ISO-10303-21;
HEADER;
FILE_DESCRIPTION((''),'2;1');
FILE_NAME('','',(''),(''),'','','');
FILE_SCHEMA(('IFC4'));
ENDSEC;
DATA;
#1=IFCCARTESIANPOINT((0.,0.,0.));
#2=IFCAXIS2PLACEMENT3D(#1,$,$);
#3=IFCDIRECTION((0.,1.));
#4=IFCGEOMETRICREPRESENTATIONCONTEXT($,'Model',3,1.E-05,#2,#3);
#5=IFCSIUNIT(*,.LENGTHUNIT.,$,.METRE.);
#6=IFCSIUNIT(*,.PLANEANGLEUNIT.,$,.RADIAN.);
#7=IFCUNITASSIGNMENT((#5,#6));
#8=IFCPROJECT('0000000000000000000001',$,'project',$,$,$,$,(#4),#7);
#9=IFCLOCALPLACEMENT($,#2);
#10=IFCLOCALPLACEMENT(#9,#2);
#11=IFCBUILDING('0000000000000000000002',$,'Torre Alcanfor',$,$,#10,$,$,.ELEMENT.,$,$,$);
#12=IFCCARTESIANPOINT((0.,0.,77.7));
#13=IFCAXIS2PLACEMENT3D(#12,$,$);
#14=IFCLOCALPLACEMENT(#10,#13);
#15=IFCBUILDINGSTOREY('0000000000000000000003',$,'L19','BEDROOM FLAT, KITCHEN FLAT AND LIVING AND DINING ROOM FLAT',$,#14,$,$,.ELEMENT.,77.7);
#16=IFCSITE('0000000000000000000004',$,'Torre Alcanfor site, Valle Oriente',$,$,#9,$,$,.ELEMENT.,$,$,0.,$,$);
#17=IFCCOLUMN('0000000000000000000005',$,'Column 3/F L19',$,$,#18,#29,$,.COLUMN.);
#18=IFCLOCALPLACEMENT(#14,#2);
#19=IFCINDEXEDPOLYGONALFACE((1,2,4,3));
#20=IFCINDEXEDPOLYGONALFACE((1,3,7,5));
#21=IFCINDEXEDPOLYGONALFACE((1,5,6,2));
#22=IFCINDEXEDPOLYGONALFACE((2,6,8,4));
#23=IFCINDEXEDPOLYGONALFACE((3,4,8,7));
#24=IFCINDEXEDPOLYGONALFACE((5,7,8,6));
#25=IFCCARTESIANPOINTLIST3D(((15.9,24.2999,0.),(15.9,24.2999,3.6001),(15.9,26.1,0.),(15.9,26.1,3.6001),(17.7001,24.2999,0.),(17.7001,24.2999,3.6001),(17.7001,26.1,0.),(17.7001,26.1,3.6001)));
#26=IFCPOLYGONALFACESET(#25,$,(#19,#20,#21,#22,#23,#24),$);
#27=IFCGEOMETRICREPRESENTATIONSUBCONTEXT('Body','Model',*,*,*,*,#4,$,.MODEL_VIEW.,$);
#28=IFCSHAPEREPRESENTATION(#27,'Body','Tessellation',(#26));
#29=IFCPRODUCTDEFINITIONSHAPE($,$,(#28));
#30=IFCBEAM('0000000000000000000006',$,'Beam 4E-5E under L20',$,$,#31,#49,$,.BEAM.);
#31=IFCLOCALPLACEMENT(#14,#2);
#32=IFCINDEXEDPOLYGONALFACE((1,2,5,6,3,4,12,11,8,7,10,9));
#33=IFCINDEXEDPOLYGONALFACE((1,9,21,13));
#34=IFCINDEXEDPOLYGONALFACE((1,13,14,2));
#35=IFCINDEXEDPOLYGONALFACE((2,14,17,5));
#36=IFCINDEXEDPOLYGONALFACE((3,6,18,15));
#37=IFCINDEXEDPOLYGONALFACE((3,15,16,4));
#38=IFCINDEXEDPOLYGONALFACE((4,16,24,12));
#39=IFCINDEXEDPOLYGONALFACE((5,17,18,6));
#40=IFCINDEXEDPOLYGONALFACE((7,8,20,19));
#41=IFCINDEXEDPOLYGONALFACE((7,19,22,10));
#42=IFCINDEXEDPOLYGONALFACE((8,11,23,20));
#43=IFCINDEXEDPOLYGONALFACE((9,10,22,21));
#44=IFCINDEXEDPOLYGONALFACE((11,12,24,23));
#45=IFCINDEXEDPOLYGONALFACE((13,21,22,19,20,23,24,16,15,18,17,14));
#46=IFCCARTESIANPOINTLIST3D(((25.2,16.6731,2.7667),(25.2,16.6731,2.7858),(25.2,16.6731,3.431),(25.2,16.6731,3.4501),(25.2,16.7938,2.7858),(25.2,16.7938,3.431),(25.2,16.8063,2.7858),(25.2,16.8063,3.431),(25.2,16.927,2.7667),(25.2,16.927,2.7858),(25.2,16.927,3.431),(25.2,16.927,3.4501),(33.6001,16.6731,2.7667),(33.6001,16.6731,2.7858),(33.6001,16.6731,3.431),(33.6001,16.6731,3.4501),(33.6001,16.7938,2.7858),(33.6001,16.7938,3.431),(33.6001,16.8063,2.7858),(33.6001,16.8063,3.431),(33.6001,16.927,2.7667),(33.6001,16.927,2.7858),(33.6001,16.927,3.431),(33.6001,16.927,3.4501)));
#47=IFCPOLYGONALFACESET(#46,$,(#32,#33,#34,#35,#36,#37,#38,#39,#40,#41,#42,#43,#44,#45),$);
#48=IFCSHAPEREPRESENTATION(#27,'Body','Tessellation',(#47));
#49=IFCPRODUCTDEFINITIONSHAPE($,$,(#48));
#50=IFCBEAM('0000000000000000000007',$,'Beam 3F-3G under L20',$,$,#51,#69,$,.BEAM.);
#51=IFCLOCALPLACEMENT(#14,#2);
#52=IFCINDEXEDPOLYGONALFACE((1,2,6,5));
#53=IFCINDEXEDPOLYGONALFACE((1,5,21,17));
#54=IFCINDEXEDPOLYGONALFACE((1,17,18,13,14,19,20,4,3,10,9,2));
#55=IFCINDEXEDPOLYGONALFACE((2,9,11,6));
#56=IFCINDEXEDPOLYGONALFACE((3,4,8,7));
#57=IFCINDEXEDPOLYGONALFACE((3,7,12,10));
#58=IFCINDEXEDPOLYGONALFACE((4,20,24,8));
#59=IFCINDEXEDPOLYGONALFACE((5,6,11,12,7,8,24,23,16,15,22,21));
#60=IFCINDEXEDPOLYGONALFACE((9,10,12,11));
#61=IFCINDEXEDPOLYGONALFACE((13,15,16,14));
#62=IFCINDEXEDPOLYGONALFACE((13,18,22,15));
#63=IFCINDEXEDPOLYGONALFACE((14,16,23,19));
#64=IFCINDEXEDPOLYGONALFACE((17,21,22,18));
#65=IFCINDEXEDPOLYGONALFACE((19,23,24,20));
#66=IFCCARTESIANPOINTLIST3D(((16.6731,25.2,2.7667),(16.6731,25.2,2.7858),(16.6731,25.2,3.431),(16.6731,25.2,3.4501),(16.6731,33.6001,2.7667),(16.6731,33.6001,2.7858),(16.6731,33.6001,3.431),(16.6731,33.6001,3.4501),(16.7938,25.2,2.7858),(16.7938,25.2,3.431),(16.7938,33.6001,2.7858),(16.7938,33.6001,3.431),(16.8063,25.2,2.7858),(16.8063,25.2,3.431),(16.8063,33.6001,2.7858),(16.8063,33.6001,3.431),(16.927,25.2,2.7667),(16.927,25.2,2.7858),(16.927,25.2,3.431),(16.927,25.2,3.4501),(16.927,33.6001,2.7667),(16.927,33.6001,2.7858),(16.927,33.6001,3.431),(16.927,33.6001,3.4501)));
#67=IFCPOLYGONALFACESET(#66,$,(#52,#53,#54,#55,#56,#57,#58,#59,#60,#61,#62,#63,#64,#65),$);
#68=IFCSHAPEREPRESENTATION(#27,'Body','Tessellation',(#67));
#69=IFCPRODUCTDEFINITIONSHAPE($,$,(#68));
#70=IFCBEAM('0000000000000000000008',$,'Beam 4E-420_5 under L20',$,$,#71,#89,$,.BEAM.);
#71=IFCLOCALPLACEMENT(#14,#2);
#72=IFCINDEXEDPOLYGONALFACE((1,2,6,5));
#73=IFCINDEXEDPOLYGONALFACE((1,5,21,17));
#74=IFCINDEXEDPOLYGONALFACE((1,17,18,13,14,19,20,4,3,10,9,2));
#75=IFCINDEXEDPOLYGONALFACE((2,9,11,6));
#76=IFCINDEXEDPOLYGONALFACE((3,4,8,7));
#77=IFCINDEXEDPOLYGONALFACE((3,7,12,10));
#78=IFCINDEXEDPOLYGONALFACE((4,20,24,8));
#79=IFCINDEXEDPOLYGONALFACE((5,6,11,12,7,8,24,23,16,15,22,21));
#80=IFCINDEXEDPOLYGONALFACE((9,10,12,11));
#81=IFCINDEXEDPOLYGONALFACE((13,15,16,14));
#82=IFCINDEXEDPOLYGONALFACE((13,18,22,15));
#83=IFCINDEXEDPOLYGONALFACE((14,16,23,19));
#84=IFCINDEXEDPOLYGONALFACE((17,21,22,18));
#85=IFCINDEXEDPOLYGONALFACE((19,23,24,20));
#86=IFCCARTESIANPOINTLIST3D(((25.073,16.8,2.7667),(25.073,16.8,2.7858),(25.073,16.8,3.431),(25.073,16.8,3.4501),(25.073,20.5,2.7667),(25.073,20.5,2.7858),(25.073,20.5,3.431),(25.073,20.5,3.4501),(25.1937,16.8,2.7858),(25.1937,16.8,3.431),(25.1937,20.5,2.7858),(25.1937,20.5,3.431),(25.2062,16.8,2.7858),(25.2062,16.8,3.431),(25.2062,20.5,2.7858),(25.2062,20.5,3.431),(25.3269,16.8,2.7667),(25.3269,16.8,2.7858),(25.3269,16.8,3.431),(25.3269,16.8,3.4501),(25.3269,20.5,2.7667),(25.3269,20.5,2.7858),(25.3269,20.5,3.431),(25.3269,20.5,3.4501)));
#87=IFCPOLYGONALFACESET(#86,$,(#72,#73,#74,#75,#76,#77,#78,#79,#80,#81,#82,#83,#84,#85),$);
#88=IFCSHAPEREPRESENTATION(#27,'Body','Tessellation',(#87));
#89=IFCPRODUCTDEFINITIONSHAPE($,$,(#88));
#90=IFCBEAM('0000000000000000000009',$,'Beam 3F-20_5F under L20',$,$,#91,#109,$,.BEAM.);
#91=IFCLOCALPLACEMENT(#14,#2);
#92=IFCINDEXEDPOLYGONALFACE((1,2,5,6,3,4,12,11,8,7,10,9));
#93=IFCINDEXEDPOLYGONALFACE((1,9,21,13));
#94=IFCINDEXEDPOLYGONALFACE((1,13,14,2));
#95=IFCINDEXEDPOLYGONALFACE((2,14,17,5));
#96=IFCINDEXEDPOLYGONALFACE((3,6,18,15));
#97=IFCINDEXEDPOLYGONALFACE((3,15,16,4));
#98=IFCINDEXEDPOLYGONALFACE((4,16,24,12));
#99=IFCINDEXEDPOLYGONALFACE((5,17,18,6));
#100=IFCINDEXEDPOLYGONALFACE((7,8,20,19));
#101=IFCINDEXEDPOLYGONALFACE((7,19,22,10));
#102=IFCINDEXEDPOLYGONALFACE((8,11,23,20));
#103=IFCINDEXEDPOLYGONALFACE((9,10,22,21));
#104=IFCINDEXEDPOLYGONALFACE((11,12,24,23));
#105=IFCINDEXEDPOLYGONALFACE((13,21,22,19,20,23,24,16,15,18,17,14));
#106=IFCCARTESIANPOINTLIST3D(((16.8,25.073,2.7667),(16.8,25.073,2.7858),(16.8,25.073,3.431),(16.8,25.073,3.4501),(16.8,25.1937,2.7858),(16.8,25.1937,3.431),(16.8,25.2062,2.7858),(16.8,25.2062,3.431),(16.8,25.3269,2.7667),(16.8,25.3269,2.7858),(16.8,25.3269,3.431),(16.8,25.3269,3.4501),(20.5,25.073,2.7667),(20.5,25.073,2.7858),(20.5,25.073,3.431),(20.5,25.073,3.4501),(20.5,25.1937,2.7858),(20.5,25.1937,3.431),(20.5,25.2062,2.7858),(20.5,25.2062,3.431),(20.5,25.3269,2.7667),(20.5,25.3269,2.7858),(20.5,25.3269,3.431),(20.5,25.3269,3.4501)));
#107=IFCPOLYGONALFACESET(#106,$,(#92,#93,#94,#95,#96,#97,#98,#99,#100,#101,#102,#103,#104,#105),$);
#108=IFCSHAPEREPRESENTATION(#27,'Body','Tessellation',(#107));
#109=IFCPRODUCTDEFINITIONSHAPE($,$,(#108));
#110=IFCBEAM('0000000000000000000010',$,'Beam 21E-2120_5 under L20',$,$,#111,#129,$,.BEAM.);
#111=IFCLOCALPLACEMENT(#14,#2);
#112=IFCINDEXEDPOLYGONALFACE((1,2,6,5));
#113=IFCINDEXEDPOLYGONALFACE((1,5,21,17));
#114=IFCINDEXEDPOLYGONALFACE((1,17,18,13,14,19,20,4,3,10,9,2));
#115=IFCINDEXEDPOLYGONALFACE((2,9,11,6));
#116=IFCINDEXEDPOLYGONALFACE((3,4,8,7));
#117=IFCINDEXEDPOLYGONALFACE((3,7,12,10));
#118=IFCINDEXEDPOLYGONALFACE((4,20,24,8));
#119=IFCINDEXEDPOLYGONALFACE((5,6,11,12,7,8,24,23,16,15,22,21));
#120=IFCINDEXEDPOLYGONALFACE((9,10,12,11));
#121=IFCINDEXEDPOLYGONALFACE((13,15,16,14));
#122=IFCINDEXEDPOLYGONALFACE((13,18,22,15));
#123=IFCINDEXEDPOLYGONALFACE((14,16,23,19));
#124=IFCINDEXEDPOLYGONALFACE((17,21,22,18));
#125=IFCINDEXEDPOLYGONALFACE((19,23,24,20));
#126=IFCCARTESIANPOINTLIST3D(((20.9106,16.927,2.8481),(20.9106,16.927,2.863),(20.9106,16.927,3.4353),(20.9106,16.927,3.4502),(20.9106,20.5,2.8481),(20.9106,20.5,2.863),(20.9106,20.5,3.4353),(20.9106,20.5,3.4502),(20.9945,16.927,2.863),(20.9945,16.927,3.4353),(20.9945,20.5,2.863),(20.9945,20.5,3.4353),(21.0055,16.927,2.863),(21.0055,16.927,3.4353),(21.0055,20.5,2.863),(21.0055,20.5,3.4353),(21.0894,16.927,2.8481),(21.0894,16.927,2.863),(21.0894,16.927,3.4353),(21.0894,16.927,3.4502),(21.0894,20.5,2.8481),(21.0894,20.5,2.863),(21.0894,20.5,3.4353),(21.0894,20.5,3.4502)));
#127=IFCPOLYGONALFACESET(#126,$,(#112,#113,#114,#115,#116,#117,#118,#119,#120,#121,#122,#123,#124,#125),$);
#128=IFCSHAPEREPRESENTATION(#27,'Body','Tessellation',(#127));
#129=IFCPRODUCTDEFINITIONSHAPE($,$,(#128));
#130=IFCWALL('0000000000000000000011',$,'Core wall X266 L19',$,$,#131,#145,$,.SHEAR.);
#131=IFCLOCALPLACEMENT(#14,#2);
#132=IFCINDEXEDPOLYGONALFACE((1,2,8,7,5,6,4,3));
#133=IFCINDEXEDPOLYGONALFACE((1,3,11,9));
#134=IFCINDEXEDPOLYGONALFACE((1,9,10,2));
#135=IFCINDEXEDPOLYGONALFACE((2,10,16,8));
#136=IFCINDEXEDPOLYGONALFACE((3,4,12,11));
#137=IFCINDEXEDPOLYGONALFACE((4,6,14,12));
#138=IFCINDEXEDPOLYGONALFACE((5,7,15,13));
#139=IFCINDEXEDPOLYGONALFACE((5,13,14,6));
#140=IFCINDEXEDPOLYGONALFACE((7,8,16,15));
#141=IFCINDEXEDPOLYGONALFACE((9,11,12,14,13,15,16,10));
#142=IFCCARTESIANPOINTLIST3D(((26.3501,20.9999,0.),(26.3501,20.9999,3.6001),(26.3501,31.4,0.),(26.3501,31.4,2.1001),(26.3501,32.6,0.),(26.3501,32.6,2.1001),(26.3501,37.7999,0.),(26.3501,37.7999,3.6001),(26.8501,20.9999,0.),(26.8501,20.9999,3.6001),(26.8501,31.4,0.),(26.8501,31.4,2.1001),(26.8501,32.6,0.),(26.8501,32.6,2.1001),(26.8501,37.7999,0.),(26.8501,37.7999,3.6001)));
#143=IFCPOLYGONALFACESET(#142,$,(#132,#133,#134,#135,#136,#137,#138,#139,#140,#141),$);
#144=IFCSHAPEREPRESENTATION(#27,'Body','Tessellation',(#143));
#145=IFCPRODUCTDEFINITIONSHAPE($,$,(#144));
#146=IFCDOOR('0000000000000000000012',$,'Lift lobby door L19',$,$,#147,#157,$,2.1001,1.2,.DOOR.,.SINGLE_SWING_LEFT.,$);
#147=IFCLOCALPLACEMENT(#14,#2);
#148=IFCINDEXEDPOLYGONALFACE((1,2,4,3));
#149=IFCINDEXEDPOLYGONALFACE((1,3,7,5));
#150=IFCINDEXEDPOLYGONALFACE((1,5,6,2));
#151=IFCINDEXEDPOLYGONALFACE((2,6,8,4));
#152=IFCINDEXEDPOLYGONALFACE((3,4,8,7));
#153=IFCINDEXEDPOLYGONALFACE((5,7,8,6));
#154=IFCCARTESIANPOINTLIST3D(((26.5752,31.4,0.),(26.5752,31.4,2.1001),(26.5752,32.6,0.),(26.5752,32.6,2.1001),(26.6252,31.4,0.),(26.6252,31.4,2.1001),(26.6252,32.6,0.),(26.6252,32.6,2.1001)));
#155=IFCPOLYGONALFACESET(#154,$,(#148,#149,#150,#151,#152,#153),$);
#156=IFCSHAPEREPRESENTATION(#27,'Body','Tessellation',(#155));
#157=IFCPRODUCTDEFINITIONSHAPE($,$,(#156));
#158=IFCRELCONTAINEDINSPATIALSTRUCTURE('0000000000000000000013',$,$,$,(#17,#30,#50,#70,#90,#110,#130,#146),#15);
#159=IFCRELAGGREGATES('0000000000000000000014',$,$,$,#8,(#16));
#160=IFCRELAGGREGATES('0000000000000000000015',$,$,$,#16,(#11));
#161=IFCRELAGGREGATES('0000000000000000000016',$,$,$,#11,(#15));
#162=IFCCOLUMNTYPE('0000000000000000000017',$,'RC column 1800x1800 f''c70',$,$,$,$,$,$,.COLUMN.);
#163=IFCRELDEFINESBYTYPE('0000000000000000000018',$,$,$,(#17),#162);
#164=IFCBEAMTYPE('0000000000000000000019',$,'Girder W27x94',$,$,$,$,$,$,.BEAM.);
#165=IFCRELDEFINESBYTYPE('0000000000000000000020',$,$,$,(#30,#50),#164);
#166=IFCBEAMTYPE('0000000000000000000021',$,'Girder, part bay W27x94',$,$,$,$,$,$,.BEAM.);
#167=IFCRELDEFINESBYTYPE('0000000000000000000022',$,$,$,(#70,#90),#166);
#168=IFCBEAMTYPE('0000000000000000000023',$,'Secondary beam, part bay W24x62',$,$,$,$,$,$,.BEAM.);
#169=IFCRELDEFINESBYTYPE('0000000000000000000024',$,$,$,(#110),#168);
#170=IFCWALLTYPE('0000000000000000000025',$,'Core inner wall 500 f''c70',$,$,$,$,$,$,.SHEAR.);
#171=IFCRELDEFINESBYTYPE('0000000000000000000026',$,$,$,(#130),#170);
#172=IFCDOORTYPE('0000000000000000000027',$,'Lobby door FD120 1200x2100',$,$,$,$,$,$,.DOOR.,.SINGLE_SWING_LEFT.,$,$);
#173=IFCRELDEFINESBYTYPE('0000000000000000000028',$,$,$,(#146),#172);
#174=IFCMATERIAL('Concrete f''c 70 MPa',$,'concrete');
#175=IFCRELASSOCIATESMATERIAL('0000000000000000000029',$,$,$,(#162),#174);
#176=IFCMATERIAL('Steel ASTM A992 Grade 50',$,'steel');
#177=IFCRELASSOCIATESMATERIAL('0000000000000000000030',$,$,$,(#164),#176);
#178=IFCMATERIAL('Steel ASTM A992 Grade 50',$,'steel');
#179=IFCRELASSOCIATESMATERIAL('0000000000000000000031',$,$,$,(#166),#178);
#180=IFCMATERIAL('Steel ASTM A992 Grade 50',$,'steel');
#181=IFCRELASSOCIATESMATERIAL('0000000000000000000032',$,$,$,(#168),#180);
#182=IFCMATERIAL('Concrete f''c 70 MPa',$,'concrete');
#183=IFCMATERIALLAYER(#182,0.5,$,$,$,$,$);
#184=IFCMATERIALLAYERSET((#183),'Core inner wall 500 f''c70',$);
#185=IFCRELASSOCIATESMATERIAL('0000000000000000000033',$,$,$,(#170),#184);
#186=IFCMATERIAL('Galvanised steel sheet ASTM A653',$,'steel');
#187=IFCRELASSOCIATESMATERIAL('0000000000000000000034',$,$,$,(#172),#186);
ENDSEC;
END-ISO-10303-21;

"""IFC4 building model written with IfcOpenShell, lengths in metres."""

from ifc_helpers import new_model, si_unit, direction, frame, frame_2d, origin, origin_2d, place, context, subcontext, project, spatial, rectangle, i_section, extrude, material, layer, layer_set, material_profile, profile_set, type_object, element, fill, save


model = new_model("IFC4")

# Units and contexts
model_context = context("Model", 3, precision=1e-05, world=origin(), true_north=direction((0.0, 1.0)))
body_context = subcontext(model_context, "Body", "Model", "MODEL_VIEW")
ifc_project = project(units=[si_unit("LENGTHUNIT", "METRE"), si_unit("PLANEANGLEUNIT", "RADIAN")], contexts=[model_context])

# Site, building, storey
site_placement = place(None, origin())
site = spatial("IfcSite", under=ifc_project, at=site_placement, Name="Torre Alcanfor site, Valle Oriente", CompositionType="ELEMENT", RefElevation=0.0)
building_placement = place(site_placement, origin())
building = spatial("IfcBuilding", under=site, at=building_placement, Name="Torre Alcanfor", CompositionType="ELEMENT")
storey_placement = place(building_placement, frame((0.0, 0.0, 77.7)))
storey = spatial("IfcBuildingStorey", under=building, at=storey_placement, Name="L19", Description="BEDROOM FLAT, KITCHEN FLAT AND LIVING AND DINING ROOM FLAT", CompositionType="ELEMENT", Elevation=77.7)

# Column
ifc_material_1 = material(Name="Concrete f'c 70 MPa", Category="concrete")
ifc_material_profile_1 = material_profile(ifc_material_1, rectangle(XDim=1.8, YDim=1.8, at=origin_2d()), Name="1800x1800")
ifc_profile_set_1 = profile_set([ifc_material_profile_1], Name="Concrete f'c 70 MPa")
column_type = type_object("IfcColumnType", Name="RC column 1800x1800 f'c70", PredefinedType="COLUMN", material=ifc_profile_set_1)
column_placement = place(storey_placement, frame((16.8, 25.2, 0.0), z_axis=(0.0, 0.0, 1.0), x_axis=(1.0, 0.0, 0.0)))
element("IfcColumn", 1, at=column_placement, inside=storey, type_object=column_type, Name="Column 3/F L19", PredefinedType="COLUMN", context=body_context, shape_type="SweptSolid", body=[
    extrude(rectangle(XDim=1.8, YDim=1.8, at=origin_2d()), origin(), (0.0, 0.0, 1.0), 3.6001),
])

# Beams
ifc_material_2 = material(Name="Steel ASTM A992 Grade 50", Category="steel")
ifc_material_profile_2 = material_profile(ifc_material_2, i_section(OverallWidth=0.2539, OverallDepth=0.6833, WebThickness=0.0125, FlangeThickness=0.019, at=origin_2d()), Name="W27x94")
ifc_profile_set_2 = profile_set([ifc_material_profile_2], Name="Steel ASTM A992 Grade 50")
beam_type_1 = type_object("IfcBeamType", Name="Girder W27x94", PredefinedType="BEAM", material=ifc_profile_set_2)
for number, where, z_axis, x_axis, name in (
    (2, (25.2, 16.8, 3.1084), (1.0, 0.0, 0.0), (0.0, 1.0, 0.0), "Beam 4E-5E under L20"),
    (3, (16.8, 25.2, 3.1084), (0.0, 1.0, 0.0), (-1.0, 0.0, 0.0), "Beam 3F-3G under L20"),
):
    element("IfcBeam", number, at=place(storey_placement, frame(where, z_axis=z_axis, x_axis=x_axis)), inside=storey, type_object=beam_type_1, Name=name, PredefinedType="BEAM", context=body_context, shape_type="SweptSolid", body=[
        extrude(i_section(OverallWidth=0.2539, OverallDepth=0.6833, WebThickness=0.0125, FlangeThickness=0.019, at=origin_2d()), origin(), (0.0, 0.0, 1.0), 8.4001),
    ])
ifc_material_3 = material(Name="Steel ASTM A992 Grade 50", Category="steel")
ifc_material_profile_3 = material_profile(ifc_material_3, i_section(OverallWidth=0.2539, OverallDepth=0.6833, WebThickness=0.0125, FlangeThickness=0.019, at=origin_2d()), Name="W27x94")
ifc_profile_set_3 = profile_set([ifc_material_profile_3], Name="Steel ASTM A992 Grade 50")
beam_type_2 = type_object("IfcBeamType", Name="Girder, part bay W27x94", PredefinedType="BEAM", material=ifc_profile_set_3)
for number, where, z_axis, x_axis, name in (
    (4, (25.2, 16.8, 3.1084), (0.0, 1.0, 0.0), (-1.0, 0.0, 0.0), "Beam 4E-420_5 under L20"),
    (5, (16.8, 25.2, 3.1084), (1.0, 0.0, 0.0), (0.0, 1.0, 0.0), "Beam 3F-20_5F under L20"),
):
    element("IfcBeam", number, at=place(storey_placement, frame(where, z_axis=z_axis, x_axis=x_axis)), inside=storey, type_object=beam_type_2, Name=name, PredefinedType="BEAM", context=body_context, shape_type="SweptSolid", body=[
        extrude(i_section(OverallWidth=0.2539, OverallDepth=0.6833, WebThickness=0.0125, FlangeThickness=0.019, at=origin_2d()), origin(), (0.0, 0.0, 1.0), 3.7),
    ])
ifc_material_4 = material(Name="Steel ASTM A992 Grade 50", Category="steel")
ifc_material_profile_4 = material_profile(ifc_material_4, i_section(OverallWidth=0.1787, OverallDepth=0.6021, WebThickness=0.011, FlangeThickness=0.0149, at=origin_2d()), Name="W24x62")
ifc_profile_set_4 = profile_set([ifc_material_profile_4], Name="Steel ASTM A992 Grade 50")
beam_type_3 = type_object("IfcBeamType", Name="Secondary beam, part bay W24x62", PredefinedType="BEAM", material=ifc_profile_set_4)
beam_placement = place(storey_placement, frame((21.0, 16.927, 3.1492), z_axis=(0.0, 1.0, 0.0), x_axis=(-1.0, 0.0, 0.0)))
element("IfcBeam", 6, at=beam_placement, inside=storey, type_object=beam_type_3, Name="Beam 21E-2120_5 under L20", PredefinedType="BEAM", context=body_context, shape_type="SweptSolid", body=[
    extrude(i_section(OverallWidth=0.1787, OverallDepth=0.6021, WebThickness=0.011, FlangeThickness=0.0149, at=origin_2d()), origin(), (0.0, 0.0, 1.0), 3.573),
])

# Wall, opening, door
ifc_material_5 = material(Name="Concrete f'c 70 MPa", Category="concrete")
ifc_layer_1 = layer(ifc_material_5, 0.5)
ifc_layer_set_1 = layer_set([ifc_layer_1], Name="Core inner wall 500 f'c70")
wall_type_1 = type_object("IfcWallType", Name="Core inner wall 500 f'c70", PredefinedType="SHEAR", material=ifc_layer_set_1)
wall_1_placement = place(storey_placement, frame((26.6001, 21.0, 0.0), z_axis=(0.0, 0.0, 1.0), x_axis=(0.0, 1.0, 0.0)))
wall_1 = element("IfcWall", 7, at=wall_1_placement, inside=storey, type_object=wall_type_1, Name="Core wall X266 L19", PredefinedType="SHEAR", context=body_context, shape_type="SweptSolid", body=[
    extrude(rectangle(XDim=16.8, YDim=0.5, at=frame_2d((8.3999, 0.0))), origin(), (0.0, 0.0, 1.0), 3.6001),
])
opening_1_placement = place(wall_1_placement, frame((10.3999, 0.0, 0.0)))
opening_1 = element("IfcOpeningElement", 8, at=opening_1_placement, cuts=wall_1, PredefinedType="OPENING", context=body_context, shape_type="SweptSolid", body=[
    extrude(rectangle(XDim=1.2, YDim=2.1001, at=frame_2d((0.6001, 1.05))), frame((0.0, 0.26, 0.0), z_axis=(0.0, -1.0, 0.0), x_axis=(1.0, 0.0, 0.0)), (0.0, 0.0, 1.0), 0.52),
])
ifc_material_6 = material(Name="Galvanised steel sheet ASTM A653", Category="steel")
door_type_1 = type_object("IfcDoorType", Name="Lobby door FD120 1200x2100", OperationType="SINGLE_SWING_LEFT", PredefinedType="DOOR", material=ifc_material_6)
door_1_placement = place(opening_1_placement, origin())
door_1 = element("IfcDoor", 9, at=door_1_placement, inside=storey, type_object=door_type_1, Name="Lift lobby door L19", OperationType="SINGLE_SWING_LEFT", OverallHeight=2.1001, OverallWidth=1.2, PredefinedType="DOOR", context=body_context, shape_type="SweptSolid", body=[
    extrude(rectangle(XDim=1.2, YDim=2.1001, at=frame_2d((0.6001, 1.05))), frame((0.0, 0.0249, 0.0), z_axis=(0.0, -1.0, 0.0), x_axis=(1.0, 0.0, 0.0)), (0.0, 0.0, 1.0), 0.05),
])
fill(opening_1, door_1)

save(model, "model.ifc")
